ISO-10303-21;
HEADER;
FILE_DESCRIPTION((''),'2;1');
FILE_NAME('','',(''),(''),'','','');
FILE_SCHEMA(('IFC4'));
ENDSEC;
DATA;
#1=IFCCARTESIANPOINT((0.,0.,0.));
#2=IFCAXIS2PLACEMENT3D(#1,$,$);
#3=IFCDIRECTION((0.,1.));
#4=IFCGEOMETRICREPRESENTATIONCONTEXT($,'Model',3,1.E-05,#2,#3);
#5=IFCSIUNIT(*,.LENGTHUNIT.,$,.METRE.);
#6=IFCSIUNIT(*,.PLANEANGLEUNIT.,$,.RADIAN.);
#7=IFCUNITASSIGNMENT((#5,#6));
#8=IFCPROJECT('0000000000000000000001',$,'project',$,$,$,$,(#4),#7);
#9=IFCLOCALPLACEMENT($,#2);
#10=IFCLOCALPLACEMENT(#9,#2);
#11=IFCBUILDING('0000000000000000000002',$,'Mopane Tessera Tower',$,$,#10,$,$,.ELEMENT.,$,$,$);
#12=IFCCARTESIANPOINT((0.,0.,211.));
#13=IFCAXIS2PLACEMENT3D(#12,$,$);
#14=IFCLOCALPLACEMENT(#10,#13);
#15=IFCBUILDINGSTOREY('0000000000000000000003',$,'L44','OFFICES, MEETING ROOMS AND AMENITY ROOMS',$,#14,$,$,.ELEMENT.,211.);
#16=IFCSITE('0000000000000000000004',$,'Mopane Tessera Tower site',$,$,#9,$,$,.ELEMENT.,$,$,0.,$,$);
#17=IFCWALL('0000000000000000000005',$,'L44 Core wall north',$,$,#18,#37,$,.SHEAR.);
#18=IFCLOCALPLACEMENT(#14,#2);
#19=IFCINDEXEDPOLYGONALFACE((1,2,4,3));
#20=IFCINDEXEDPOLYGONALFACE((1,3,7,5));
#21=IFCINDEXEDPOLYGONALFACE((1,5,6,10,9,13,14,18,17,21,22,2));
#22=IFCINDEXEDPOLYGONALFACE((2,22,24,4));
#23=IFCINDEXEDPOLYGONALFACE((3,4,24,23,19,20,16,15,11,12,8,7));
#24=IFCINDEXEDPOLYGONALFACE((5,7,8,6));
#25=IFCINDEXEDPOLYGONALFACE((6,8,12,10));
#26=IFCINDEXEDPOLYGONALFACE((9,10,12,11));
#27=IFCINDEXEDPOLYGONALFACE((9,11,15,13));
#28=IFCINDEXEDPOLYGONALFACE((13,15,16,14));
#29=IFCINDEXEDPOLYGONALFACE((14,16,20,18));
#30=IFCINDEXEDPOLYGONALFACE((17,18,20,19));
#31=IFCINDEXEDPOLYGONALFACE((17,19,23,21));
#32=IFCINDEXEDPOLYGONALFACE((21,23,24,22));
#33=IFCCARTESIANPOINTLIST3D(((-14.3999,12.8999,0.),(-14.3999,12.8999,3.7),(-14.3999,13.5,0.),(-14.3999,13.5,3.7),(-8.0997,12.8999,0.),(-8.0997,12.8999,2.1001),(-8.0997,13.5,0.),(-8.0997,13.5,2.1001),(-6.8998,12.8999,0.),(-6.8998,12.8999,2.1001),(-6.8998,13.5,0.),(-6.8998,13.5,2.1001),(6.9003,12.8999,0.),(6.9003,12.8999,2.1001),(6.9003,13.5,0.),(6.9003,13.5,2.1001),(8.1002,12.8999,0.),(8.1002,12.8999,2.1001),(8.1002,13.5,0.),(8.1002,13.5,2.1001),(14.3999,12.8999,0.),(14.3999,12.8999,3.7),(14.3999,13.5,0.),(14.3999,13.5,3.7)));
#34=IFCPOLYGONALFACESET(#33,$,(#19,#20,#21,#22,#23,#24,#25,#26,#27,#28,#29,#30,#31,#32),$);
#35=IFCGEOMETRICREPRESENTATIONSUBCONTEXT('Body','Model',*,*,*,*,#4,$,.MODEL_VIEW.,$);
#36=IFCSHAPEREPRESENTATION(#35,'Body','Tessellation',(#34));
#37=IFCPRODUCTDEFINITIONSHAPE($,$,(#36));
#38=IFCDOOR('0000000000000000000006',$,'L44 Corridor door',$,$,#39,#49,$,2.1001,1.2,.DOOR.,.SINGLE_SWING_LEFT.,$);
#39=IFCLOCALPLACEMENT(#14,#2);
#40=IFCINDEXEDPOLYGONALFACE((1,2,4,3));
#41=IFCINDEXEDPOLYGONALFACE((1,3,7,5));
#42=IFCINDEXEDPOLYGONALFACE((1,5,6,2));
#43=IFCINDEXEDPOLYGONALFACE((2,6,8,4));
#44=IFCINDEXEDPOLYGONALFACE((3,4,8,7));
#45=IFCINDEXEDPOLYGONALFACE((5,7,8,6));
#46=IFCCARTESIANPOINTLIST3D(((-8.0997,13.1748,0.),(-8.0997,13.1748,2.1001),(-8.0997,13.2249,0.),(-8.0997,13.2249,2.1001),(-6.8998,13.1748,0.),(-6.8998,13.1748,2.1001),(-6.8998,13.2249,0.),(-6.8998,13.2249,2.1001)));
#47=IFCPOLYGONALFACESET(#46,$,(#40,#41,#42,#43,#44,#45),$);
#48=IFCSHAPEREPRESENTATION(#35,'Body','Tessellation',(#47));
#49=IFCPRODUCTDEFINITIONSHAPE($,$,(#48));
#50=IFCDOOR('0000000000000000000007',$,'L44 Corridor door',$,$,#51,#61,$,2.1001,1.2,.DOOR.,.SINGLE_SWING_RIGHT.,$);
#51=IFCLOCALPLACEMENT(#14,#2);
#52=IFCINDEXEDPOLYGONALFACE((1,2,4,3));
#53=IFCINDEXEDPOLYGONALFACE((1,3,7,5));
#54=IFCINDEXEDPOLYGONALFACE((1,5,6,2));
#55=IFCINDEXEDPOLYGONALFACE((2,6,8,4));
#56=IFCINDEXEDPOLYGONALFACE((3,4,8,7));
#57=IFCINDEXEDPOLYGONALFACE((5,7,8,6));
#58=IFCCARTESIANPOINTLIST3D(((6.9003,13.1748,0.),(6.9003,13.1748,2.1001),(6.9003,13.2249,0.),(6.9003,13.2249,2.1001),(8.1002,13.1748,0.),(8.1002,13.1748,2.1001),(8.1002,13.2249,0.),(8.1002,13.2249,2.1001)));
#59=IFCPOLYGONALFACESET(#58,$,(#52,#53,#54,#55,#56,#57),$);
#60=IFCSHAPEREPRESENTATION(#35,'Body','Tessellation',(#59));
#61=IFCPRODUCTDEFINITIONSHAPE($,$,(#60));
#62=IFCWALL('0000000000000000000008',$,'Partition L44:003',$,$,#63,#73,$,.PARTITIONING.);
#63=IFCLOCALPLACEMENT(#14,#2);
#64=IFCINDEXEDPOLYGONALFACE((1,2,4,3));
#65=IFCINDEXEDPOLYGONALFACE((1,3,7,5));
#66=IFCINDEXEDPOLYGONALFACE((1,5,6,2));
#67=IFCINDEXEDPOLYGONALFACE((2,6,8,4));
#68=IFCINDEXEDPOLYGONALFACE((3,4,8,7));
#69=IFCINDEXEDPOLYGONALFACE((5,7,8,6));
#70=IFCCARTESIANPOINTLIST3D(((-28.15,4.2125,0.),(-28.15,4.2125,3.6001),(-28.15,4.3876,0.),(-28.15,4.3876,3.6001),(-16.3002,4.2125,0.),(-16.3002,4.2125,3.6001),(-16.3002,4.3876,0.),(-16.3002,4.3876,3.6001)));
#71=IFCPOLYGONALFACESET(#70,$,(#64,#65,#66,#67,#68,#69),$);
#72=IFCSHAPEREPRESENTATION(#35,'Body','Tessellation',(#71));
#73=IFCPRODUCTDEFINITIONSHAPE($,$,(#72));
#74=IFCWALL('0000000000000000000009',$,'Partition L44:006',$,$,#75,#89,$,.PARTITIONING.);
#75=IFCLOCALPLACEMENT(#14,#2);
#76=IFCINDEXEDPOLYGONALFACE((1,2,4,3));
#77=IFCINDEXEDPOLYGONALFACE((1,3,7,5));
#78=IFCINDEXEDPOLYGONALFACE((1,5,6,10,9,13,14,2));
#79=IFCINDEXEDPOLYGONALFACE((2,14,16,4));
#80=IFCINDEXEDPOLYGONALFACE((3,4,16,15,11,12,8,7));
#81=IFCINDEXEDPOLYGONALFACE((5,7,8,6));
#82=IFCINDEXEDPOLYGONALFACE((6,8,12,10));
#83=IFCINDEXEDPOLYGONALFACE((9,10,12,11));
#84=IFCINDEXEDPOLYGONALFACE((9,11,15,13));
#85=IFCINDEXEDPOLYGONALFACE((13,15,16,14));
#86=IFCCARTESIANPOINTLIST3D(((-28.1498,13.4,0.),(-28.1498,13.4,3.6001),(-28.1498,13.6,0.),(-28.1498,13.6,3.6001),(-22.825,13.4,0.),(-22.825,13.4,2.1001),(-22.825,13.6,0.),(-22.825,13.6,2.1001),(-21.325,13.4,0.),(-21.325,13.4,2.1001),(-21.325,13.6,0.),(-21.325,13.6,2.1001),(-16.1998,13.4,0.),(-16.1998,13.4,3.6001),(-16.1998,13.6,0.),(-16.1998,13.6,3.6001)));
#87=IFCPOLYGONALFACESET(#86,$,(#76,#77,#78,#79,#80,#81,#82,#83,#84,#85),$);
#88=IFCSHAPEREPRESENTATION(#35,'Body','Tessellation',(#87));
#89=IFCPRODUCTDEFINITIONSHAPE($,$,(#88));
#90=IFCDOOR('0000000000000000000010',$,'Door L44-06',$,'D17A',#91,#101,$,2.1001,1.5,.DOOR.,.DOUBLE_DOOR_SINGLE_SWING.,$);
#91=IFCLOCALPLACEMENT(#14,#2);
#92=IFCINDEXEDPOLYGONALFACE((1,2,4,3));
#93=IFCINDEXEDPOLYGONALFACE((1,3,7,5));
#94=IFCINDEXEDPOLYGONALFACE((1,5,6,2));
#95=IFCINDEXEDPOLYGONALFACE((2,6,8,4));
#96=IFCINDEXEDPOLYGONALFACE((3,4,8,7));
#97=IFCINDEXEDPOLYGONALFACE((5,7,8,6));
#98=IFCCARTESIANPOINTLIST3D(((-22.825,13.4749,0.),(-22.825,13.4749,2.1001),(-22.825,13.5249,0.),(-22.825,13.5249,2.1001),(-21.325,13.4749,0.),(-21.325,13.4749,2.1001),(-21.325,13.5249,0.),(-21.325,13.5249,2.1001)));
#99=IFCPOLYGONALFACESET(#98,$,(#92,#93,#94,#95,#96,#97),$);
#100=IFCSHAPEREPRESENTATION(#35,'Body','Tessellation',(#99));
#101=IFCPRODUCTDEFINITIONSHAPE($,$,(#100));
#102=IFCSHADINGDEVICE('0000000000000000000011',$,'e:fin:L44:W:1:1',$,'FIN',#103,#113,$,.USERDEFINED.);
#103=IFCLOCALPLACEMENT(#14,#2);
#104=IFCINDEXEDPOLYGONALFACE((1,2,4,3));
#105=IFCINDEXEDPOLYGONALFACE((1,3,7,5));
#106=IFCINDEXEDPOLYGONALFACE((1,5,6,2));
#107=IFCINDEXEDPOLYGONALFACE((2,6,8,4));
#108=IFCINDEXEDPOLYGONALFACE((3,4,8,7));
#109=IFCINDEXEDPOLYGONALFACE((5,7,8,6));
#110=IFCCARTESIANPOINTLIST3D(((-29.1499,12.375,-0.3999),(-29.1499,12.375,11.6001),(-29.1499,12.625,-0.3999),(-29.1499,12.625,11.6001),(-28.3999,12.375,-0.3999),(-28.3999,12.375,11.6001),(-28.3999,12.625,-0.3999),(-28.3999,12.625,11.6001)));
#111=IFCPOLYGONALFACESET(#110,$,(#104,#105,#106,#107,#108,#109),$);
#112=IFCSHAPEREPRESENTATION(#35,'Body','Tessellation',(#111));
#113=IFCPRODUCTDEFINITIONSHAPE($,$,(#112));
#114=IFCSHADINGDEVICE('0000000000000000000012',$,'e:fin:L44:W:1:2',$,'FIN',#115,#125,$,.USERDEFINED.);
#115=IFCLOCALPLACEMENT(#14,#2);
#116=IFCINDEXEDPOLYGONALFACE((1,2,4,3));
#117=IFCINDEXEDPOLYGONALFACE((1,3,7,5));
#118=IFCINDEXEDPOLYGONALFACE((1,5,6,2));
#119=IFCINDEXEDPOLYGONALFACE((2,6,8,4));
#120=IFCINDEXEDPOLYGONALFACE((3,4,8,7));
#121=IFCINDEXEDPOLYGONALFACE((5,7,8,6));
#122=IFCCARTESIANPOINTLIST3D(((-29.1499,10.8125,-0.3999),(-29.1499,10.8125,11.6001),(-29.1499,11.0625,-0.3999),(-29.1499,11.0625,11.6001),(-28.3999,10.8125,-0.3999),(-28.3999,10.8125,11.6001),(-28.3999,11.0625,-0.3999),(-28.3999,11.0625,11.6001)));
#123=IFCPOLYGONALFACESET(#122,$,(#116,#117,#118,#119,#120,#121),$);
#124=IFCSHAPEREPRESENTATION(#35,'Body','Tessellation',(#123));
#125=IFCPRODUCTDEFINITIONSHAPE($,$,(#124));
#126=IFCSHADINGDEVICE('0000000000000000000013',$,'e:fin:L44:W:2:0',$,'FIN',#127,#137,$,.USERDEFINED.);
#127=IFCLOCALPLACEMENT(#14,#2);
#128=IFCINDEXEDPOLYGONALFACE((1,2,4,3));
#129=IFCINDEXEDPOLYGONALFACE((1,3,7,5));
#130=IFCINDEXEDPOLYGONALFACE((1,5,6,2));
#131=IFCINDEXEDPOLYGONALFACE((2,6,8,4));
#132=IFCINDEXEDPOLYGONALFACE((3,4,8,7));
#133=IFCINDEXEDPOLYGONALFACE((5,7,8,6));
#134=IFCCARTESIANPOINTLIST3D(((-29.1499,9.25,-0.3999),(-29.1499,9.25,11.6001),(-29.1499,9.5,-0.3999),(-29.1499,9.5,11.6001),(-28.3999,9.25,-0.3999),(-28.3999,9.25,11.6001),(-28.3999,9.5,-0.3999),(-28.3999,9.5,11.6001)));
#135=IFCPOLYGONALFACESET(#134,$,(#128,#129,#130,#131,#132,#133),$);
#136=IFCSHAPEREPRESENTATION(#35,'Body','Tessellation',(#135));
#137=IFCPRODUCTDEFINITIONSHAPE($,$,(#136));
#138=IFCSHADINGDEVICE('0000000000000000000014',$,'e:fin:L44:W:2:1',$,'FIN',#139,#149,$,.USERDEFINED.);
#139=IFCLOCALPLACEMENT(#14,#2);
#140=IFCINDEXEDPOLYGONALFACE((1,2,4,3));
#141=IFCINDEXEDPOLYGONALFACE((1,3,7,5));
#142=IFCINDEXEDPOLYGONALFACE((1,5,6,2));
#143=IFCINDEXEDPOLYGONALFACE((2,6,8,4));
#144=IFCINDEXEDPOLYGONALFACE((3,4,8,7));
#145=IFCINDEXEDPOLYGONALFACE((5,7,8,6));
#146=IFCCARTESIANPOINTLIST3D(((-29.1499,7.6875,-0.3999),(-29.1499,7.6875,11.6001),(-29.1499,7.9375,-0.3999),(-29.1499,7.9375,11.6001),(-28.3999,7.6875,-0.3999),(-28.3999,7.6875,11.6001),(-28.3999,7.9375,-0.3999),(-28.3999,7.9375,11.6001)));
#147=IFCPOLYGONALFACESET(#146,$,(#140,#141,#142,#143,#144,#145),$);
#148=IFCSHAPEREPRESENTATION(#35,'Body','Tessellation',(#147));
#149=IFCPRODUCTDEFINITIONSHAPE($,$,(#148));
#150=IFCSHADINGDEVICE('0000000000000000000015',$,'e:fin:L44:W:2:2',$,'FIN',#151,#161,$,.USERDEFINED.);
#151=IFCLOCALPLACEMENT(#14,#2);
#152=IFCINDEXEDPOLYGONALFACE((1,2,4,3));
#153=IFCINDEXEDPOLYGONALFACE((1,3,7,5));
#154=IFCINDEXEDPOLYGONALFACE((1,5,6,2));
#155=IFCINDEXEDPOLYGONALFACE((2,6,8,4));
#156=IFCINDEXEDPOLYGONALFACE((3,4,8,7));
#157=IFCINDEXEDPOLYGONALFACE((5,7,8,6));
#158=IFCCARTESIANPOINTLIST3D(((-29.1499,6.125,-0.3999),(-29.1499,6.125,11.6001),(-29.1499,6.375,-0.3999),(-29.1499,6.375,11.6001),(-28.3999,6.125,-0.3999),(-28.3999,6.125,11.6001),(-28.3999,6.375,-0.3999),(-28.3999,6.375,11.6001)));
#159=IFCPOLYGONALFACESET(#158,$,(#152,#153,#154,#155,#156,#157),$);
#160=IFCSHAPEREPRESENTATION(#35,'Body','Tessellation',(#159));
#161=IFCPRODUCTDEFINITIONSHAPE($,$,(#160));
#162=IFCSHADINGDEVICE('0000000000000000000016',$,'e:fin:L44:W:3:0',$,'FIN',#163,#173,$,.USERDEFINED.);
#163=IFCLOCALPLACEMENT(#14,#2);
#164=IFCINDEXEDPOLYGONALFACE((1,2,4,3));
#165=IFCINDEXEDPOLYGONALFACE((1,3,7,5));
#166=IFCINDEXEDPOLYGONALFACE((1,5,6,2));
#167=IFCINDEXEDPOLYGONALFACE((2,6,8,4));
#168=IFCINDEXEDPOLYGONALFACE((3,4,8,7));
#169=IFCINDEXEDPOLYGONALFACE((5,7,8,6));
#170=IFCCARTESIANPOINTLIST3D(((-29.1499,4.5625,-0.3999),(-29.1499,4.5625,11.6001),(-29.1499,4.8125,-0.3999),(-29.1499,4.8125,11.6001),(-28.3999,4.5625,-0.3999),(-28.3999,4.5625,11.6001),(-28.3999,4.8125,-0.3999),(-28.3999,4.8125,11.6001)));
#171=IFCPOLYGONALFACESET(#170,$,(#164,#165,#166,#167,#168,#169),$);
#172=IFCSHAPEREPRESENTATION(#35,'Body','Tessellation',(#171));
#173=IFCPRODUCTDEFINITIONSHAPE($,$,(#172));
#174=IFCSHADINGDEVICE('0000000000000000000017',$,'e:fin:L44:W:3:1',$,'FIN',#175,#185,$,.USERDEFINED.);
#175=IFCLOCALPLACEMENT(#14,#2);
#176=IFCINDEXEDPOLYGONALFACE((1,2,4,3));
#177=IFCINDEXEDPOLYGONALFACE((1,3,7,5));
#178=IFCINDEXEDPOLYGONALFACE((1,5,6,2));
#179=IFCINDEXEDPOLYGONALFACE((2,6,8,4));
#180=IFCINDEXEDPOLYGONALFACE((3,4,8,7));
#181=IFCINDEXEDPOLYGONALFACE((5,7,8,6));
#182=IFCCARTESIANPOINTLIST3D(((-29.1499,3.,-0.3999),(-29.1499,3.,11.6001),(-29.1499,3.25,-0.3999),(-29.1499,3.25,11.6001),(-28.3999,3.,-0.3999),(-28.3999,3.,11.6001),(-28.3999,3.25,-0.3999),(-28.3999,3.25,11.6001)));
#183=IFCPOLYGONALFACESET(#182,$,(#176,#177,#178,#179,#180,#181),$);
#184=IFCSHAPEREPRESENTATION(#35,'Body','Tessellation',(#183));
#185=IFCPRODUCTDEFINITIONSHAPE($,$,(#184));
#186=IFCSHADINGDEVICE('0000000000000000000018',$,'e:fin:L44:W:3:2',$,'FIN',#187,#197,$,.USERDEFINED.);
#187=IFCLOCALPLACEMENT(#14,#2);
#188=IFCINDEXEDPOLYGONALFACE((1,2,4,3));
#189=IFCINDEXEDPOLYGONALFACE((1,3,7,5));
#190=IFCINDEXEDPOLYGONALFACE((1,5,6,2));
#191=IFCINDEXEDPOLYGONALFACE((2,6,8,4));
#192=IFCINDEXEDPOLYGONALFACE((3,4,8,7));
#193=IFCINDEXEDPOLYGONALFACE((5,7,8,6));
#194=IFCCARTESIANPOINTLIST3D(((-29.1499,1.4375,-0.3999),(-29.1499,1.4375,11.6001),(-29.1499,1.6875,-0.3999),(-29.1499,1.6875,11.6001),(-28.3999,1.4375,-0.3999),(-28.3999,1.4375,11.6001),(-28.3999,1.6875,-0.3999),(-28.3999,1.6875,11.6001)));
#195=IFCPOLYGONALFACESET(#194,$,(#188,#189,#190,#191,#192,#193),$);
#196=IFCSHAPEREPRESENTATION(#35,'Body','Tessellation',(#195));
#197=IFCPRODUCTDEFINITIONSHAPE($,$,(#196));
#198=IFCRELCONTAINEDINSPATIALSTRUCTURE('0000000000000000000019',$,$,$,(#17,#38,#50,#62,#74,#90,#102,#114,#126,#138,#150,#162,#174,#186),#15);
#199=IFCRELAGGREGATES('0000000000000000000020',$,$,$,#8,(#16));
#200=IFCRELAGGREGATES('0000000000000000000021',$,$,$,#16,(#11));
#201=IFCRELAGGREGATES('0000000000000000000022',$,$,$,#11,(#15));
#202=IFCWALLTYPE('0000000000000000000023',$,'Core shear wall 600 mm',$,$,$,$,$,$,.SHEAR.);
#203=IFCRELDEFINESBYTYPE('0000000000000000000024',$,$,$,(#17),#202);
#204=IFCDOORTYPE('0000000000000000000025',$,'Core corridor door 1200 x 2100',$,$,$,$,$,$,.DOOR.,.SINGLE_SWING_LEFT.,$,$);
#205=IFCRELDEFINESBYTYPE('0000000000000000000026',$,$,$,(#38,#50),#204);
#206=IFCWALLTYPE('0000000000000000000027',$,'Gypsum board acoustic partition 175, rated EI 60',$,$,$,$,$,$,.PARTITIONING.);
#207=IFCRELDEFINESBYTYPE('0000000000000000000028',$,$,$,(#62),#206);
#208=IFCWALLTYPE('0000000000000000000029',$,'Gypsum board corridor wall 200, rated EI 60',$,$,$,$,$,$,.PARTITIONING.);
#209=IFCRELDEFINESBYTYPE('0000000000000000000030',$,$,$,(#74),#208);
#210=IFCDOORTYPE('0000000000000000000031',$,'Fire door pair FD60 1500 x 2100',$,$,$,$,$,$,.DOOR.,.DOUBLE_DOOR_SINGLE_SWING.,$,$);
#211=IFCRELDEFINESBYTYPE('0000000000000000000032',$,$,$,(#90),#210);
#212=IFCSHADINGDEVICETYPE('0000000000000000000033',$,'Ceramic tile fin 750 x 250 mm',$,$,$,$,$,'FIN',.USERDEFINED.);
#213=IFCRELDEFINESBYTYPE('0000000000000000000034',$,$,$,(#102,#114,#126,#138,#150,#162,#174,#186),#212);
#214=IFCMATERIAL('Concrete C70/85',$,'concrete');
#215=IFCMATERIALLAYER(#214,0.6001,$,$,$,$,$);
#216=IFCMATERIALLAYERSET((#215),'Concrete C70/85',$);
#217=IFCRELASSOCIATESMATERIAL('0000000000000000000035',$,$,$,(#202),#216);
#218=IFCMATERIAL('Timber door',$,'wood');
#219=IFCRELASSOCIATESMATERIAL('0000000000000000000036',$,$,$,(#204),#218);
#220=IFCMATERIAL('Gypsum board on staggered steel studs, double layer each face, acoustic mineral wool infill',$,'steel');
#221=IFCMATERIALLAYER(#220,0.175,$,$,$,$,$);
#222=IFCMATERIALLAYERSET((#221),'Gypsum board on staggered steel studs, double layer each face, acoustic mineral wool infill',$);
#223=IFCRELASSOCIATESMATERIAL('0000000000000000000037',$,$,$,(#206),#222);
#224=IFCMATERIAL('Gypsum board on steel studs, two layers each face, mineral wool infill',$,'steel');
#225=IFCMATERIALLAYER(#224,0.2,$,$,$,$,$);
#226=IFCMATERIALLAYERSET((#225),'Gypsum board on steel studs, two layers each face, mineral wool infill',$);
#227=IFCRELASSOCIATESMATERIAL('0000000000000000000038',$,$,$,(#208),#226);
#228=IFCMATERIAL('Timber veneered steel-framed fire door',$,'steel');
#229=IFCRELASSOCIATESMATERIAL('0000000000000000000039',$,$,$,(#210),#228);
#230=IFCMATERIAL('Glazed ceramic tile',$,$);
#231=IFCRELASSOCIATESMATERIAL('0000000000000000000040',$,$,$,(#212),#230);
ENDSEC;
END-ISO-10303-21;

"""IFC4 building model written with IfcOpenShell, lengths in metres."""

from ifc_helpers import new_model, si_unit, direction, frame, frame_2d, origin, origin_2d, place, context, subcontext, project, spatial, rectangle, extrude, material, layer, layer_set, type_object, element, fill, save


model = new_model("IFC4")

# Units and contexts
model_context = context("Model", 3, precision=1e-05, world=origin(), true_north=direction((0.0, 1.0)))
body_context = subcontext(model_context, "Body", "Model", "MODEL_VIEW")
ifc_project = project(units=[si_unit("LENGTHUNIT", "METRE"), si_unit("PLANEANGLEUNIT", "RADIAN")], contexts=[model_context])

# Site, building, storey
site_placement = place(None, origin())
site = spatial("IfcSite", under=ifc_project, at=site_placement, Name="Mopane Tessera Tower site", CompositionType="ELEMENT", RefElevation=0.0)
building_placement = place(site_placement, origin())
building = spatial("IfcBuilding", under=site, at=building_placement, Name="Mopane Tessera Tower", CompositionType="ELEMENT")
storey_placement = place(building_placement, frame((0.0, 0.0, 211.0)))
storey = spatial("IfcBuildingStorey", under=building, at=storey_placement, Name="L44", Description="OFFICES, MEETING ROOMS AND AMENITY ROOMS", CompositionType="ELEMENT", Elevation=211.0)

# Wall, openings, doors
ifc_material_1 = material(Name="Concrete C70/85", Category="concrete")
ifc_layer_1 = layer(ifc_material_1, 0.6001)
ifc_layer_set_1 = layer_set([ifc_layer_1], Name="Concrete C70/85")
wall_type_1 = type_object("IfcWallType", Name="Core shear wall 600 mm", PredefinedType="SHEAR", material=ifc_layer_set_1)
wall_1_placement = place(storey_placement, frame((-14.3999, 13.2, 0.0), z_axis=(0.0, 0.0, 1.0), x_axis=(1.0, 0.0, 0.0)))
wall_1 = element("IfcWall", 1, at=wall_1_placement, inside=storey, type_object=wall_type_1, Name="L44 Core wall north", PredefinedType="SHEAR", context=body_context, shape_type="SweptSolid", body=[
    extrude(rectangle(XDim=28.7998, YDim=0.6001, at=frame_2d((14.3999, 0.0))), origin(), (0.0, 0.0, 1.0), 3.7),
])
opening_1_placement = place(wall_1_placement, frame((6.3, 0.0, 0.0)))
opening_1 = element("IfcOpeningElement", 2, at=opening_1_placement, cuts=wall_1, PredefinedType="OPENING", context=body_context, shape_type="SweptSolid", body=[
    extrude(rectangle(XDim=1.2, YDim=2.1001, at=frame_2d((0.6001, 1.05))), frame((0.0, 0.312, 0.0), z_axis=(0.0, -1.0, 0.0), x_axis=(1.0, 0.0, 0.0)), (0.0, 0.0, 1.0), 0.624),
])
opening_2_placement = place(wall_1_placement, frame((21.3, 0.0, 0.0)))
opening_2 = element("IfcOpeningElement", 3, at=opening_2_placement, cuts=wall_1, PredefinedType="OPENING", context=body_context, shape_type="SweptSolid", body=[
    extrude(rectangle(XDim=1.2, YDim=2.1001, at=frame_2d((0.6001, 1.05))), frame((0.0, 0.312, 0.0), z_axis=(0.0, -1.0, 0.0), x_axis=(1.0, 0.0, 0.0)), (0.0, 0.0, 1.0), 0.624),
])
ifc_material_2 = material(Name="Timber door", Category="wood")
door_type_1 = type_object("IfcDoorType", Name="Core corridor door 1200 x 2100", OperationType="SINGLE_SWING_LEFT", PredefinedType="DOOR", material=ifc_material_2)
door_1_placement = place(opening_1_placement, origin())
door_1 = element("IfcDoor", 4, at=door_1_placement, inside=storey, type_object=door_type_1, Name="L44 Corridor door", OperationType="SINGLE_SWING_LEFT", OverallHeight=2.1001, OverallWidth=1.2, PredefinedType="DOOR", context=body_context, shape_type="SweptSolid", body=[
    extrude(rectangle(XDim=1.2, YDim=2.1001, at=frame_2d((0.6001, 1.05))), frame((0.0, 0.0249, 0.0), z_axis=(0.0, -1.0, 0.0), x_axis=(1.0, 0.0, 0.0)), (0.0, 0.0, 1.0), 0.05),
])
fill(opening_1, door_1)
door_2_placement = place(opening_2_placement, origin())
door_2 = element("IfcDoor", 5, at=door_2_placement, inside=storey, type_object=door_type_1, Name="L44 Corridor door", OperationType="SINGLE_SWING_RIGHT", OverallHeight=2.1001, OverallWidth=1.2, PredefinedType="DOOR", context=body_context, shape_type="SweptSolid", body=[
    extrude(rectangle(XDim=1.2, YDim=2.1001, at=frame_2d((0.6001, 1.05))), frame((0.0, 0.0249, 0.0), z_axis=(0.0, -1.0, 0.0), x_axis=(1.0, 0.0, 0.0)), (0.0, 0.0, 1.0), 0.05),
])
fill(opening_2, door_2)

# Wall
ifc_material_3 = material(Name="Gypsum board on staggered steel studs, double layer each face, acoustic mineral wool infill", Category="steel")
ifc_layer_2 = layer(ifc_material_3, 0.175)
ifc_layer_set_2 = layer_set([ifc_layer_2], Name="Gypsum board on staggered steel studs, double layer each face, acoustic mineral wool infill")
wall_type_2 = type_object("IfcWallType", Name="Gypsum board acoustic partition 175, rated EI 60", PredefinedType="PARTITIONING", material=ifc_layer_set_2)
wall_2_placement = place(storey_placement, frame((-28.1499, 4.3, 0.0), z_axis=(0.0, 0.0, 1.0), x_axis=(1.0, 0.0, 0.0)))
element("IfcWall", 6, at=wall_2_placement, inside=storey, type_object=wall_type_2, Name="Partition L44:003", PredefinedType="PARTITIONING", context=body_context, shape_type="SweptSolid", body=[
    extrude(rectangle(XDim=11.8499, YDim=0.175, at=frame_2d((5.9248, 0.0))), origin(), (0.0, 0.0, 1.0), 3.6001),
])

# Wall, opening, door
ifc_material_4 = material(Name="Gypsum board on steel studs, two layers each face, mineral wool infill", Category="steel")
ifc_layer_3 = layer(ifc_material_4, 0.2)
ifc_layer_set_3 = layer_set([ifc_layer_3], Name="Gypsum board on steel studs, two layers each face, mineral wool infill")
wall_type_3 = type_object("IfcWallType", Name="Gypsum board corridor wall 200, rated EI 60", PredefinedType="PARTITIONING", material=ifc_layer_set_3)
wall_3_placement = place(storey_placement, frame((-28.1499, 13.5, 0.0), z_axis=(0.0, 0.0, 1.0), x_axis=(1.0, 0.0, 0.0)))
wall_3 = element("IfcWall", 7, at=wall_3_placement, inside=storey, type_object=wall_type_3, Name="Partition L44:006", PredefinedType="PARTITIONING", context=body_context, shape_type="SweptSolid", body=[
    extrude(rectangle(XDim=11.95, YDim=0.2, at=frame_2d((5.9751, 0.0))), origin(), (0.0, 0.0, 1.0), 3.6001),
])
opening_3_placement = place(wall_3_placement, frame((5.325, 0.0, 0.0)))
opening_3 = element("IfcOpeningElement", 8, at=opening_3_placement, cuts=wall_3, PredefinedType="OPENING", context=body_context, shape_type="SweptSolid", body=[
    extrude(rectangle(XDim=1.5, YDim=2.1001, at=frame_2d((0.75, 1.05))), frame((0.0, 0.1121, 0.0), z_axis=(0.0, -1.0, 0.0), x_axis=(1.0, 0.0, 0.0)), (0.0, 0.0, 1.0), 0.2239),
])
ifc_material_5 = material(Name="Timber veneered steel-framed fire door", Category="steel")
door_type_2 = type_object("IfcDoorType", Name="Fire door pair FD60 1500 x 2100", OperationType="DOUBLE_DOOR_SINGLE_SWING", PredefinedType="DOOR", material=ifc_material_5)
door_3_placement = place(opening_3_placement, origin())
door_3 = element("IfcDoor", 9, at=door_3_placement, inside=storey, type_object=door_type_2, Name="Door L44-06", ObjectType="D17A", OperationType="DOUBLE_DOOR_SINGLE_SWING", OverallHeight=2.1001, OverallWidth=1.5, PredefinedType="DOOR", context=body_context, shape_type="SweptSolid", body=[
    extrude(rectangle(XDim=1.5, YDim=2.1001, at=frame_2d((0.75, 1.05))), frame((0.0, 0.0249, 0.0), z_axis=(0.0, -1.0, 0.0), x_axis=(1.0, 0.0, 0.0)), (0.0, 0.0, 1.0), 0.05),
])
fill(opening_3, door_3)

# Shading devices
ifc_material_6 = material(Name="Glazed ceramic tile")
shading_device_type = type_object("IfcShadingDeviceType", Name="Ceramic tile fin 750 x 250 mm", ElementType="FIN", PredefinedType="USERDEFINED", material=ifc_material_6)
for number, where, z_axis, x_axis, name in (
    (10, (-28.7749, 12.5, -0.3999), (0.0, 0.0, 1.0), (0.0, -1.0, 0.0), "e:fin:L44:W:1:1"),
    (11, (-28.7749, 10.9375, -0.3999), (0.0, 0.0, 1.0), (0.0, -1.0, 0.0), "e:fin:L44:W:1:2"),
    (12, (-28.7749, 9.375, -0.3999), (0.0, 0.0, 1.0), (0.0, -1.0, 0.0), "e:fin:L44:W:2:0"),
    (13, (-28.7749, 7.8125, -0.3999), (0.0, 0.0, 1.0), (0.0, -1.0, 0.0), "e:fin:L44:W:2:1"),
    (14, (-28.7749, 6.25, -0.3999), (0.0, 0.0, 1.0), (0.0, -1.0, 0.0), "e:fin:L44:W:2:2"),
    (15, (-28.7749, 4.6875, -0.3999), (0.0, 0.0, 1.0), (0.0, -1.0, 0.0), "e:fin:L44:W:3:0"),
    (16, (-28.7749, 3.125, -0.3999), (0.0, 0.0, 1.0), (0.0, -1.0, 0.0), "e:fin:L44:W:3:1"),
    (17, (-28.7749, 1.5625, -0.3999), (0.0, 0.0, 1.0), (0.0, -1.0, 0.0), "e:fin:L44:W:3:2"),
):
    element("IfcShadingDevice", number, at=place(storey_placement, frame(where, z_axis=z_axis, x_axis=x_axis)), inside=storey, type_object=shading_device_type, Name=name, ObjectType="FIN", PredefinedType="USERDEFINED", context=body_context, shape_type="SweptSolid", body=[
        extrude(rectangle(XDim=0.25, YDim=0.75, at=origin_2d()), origin(), (0.0, 0.0, 1.0), 12.0),
    ])

save(model, "model.ifc")
